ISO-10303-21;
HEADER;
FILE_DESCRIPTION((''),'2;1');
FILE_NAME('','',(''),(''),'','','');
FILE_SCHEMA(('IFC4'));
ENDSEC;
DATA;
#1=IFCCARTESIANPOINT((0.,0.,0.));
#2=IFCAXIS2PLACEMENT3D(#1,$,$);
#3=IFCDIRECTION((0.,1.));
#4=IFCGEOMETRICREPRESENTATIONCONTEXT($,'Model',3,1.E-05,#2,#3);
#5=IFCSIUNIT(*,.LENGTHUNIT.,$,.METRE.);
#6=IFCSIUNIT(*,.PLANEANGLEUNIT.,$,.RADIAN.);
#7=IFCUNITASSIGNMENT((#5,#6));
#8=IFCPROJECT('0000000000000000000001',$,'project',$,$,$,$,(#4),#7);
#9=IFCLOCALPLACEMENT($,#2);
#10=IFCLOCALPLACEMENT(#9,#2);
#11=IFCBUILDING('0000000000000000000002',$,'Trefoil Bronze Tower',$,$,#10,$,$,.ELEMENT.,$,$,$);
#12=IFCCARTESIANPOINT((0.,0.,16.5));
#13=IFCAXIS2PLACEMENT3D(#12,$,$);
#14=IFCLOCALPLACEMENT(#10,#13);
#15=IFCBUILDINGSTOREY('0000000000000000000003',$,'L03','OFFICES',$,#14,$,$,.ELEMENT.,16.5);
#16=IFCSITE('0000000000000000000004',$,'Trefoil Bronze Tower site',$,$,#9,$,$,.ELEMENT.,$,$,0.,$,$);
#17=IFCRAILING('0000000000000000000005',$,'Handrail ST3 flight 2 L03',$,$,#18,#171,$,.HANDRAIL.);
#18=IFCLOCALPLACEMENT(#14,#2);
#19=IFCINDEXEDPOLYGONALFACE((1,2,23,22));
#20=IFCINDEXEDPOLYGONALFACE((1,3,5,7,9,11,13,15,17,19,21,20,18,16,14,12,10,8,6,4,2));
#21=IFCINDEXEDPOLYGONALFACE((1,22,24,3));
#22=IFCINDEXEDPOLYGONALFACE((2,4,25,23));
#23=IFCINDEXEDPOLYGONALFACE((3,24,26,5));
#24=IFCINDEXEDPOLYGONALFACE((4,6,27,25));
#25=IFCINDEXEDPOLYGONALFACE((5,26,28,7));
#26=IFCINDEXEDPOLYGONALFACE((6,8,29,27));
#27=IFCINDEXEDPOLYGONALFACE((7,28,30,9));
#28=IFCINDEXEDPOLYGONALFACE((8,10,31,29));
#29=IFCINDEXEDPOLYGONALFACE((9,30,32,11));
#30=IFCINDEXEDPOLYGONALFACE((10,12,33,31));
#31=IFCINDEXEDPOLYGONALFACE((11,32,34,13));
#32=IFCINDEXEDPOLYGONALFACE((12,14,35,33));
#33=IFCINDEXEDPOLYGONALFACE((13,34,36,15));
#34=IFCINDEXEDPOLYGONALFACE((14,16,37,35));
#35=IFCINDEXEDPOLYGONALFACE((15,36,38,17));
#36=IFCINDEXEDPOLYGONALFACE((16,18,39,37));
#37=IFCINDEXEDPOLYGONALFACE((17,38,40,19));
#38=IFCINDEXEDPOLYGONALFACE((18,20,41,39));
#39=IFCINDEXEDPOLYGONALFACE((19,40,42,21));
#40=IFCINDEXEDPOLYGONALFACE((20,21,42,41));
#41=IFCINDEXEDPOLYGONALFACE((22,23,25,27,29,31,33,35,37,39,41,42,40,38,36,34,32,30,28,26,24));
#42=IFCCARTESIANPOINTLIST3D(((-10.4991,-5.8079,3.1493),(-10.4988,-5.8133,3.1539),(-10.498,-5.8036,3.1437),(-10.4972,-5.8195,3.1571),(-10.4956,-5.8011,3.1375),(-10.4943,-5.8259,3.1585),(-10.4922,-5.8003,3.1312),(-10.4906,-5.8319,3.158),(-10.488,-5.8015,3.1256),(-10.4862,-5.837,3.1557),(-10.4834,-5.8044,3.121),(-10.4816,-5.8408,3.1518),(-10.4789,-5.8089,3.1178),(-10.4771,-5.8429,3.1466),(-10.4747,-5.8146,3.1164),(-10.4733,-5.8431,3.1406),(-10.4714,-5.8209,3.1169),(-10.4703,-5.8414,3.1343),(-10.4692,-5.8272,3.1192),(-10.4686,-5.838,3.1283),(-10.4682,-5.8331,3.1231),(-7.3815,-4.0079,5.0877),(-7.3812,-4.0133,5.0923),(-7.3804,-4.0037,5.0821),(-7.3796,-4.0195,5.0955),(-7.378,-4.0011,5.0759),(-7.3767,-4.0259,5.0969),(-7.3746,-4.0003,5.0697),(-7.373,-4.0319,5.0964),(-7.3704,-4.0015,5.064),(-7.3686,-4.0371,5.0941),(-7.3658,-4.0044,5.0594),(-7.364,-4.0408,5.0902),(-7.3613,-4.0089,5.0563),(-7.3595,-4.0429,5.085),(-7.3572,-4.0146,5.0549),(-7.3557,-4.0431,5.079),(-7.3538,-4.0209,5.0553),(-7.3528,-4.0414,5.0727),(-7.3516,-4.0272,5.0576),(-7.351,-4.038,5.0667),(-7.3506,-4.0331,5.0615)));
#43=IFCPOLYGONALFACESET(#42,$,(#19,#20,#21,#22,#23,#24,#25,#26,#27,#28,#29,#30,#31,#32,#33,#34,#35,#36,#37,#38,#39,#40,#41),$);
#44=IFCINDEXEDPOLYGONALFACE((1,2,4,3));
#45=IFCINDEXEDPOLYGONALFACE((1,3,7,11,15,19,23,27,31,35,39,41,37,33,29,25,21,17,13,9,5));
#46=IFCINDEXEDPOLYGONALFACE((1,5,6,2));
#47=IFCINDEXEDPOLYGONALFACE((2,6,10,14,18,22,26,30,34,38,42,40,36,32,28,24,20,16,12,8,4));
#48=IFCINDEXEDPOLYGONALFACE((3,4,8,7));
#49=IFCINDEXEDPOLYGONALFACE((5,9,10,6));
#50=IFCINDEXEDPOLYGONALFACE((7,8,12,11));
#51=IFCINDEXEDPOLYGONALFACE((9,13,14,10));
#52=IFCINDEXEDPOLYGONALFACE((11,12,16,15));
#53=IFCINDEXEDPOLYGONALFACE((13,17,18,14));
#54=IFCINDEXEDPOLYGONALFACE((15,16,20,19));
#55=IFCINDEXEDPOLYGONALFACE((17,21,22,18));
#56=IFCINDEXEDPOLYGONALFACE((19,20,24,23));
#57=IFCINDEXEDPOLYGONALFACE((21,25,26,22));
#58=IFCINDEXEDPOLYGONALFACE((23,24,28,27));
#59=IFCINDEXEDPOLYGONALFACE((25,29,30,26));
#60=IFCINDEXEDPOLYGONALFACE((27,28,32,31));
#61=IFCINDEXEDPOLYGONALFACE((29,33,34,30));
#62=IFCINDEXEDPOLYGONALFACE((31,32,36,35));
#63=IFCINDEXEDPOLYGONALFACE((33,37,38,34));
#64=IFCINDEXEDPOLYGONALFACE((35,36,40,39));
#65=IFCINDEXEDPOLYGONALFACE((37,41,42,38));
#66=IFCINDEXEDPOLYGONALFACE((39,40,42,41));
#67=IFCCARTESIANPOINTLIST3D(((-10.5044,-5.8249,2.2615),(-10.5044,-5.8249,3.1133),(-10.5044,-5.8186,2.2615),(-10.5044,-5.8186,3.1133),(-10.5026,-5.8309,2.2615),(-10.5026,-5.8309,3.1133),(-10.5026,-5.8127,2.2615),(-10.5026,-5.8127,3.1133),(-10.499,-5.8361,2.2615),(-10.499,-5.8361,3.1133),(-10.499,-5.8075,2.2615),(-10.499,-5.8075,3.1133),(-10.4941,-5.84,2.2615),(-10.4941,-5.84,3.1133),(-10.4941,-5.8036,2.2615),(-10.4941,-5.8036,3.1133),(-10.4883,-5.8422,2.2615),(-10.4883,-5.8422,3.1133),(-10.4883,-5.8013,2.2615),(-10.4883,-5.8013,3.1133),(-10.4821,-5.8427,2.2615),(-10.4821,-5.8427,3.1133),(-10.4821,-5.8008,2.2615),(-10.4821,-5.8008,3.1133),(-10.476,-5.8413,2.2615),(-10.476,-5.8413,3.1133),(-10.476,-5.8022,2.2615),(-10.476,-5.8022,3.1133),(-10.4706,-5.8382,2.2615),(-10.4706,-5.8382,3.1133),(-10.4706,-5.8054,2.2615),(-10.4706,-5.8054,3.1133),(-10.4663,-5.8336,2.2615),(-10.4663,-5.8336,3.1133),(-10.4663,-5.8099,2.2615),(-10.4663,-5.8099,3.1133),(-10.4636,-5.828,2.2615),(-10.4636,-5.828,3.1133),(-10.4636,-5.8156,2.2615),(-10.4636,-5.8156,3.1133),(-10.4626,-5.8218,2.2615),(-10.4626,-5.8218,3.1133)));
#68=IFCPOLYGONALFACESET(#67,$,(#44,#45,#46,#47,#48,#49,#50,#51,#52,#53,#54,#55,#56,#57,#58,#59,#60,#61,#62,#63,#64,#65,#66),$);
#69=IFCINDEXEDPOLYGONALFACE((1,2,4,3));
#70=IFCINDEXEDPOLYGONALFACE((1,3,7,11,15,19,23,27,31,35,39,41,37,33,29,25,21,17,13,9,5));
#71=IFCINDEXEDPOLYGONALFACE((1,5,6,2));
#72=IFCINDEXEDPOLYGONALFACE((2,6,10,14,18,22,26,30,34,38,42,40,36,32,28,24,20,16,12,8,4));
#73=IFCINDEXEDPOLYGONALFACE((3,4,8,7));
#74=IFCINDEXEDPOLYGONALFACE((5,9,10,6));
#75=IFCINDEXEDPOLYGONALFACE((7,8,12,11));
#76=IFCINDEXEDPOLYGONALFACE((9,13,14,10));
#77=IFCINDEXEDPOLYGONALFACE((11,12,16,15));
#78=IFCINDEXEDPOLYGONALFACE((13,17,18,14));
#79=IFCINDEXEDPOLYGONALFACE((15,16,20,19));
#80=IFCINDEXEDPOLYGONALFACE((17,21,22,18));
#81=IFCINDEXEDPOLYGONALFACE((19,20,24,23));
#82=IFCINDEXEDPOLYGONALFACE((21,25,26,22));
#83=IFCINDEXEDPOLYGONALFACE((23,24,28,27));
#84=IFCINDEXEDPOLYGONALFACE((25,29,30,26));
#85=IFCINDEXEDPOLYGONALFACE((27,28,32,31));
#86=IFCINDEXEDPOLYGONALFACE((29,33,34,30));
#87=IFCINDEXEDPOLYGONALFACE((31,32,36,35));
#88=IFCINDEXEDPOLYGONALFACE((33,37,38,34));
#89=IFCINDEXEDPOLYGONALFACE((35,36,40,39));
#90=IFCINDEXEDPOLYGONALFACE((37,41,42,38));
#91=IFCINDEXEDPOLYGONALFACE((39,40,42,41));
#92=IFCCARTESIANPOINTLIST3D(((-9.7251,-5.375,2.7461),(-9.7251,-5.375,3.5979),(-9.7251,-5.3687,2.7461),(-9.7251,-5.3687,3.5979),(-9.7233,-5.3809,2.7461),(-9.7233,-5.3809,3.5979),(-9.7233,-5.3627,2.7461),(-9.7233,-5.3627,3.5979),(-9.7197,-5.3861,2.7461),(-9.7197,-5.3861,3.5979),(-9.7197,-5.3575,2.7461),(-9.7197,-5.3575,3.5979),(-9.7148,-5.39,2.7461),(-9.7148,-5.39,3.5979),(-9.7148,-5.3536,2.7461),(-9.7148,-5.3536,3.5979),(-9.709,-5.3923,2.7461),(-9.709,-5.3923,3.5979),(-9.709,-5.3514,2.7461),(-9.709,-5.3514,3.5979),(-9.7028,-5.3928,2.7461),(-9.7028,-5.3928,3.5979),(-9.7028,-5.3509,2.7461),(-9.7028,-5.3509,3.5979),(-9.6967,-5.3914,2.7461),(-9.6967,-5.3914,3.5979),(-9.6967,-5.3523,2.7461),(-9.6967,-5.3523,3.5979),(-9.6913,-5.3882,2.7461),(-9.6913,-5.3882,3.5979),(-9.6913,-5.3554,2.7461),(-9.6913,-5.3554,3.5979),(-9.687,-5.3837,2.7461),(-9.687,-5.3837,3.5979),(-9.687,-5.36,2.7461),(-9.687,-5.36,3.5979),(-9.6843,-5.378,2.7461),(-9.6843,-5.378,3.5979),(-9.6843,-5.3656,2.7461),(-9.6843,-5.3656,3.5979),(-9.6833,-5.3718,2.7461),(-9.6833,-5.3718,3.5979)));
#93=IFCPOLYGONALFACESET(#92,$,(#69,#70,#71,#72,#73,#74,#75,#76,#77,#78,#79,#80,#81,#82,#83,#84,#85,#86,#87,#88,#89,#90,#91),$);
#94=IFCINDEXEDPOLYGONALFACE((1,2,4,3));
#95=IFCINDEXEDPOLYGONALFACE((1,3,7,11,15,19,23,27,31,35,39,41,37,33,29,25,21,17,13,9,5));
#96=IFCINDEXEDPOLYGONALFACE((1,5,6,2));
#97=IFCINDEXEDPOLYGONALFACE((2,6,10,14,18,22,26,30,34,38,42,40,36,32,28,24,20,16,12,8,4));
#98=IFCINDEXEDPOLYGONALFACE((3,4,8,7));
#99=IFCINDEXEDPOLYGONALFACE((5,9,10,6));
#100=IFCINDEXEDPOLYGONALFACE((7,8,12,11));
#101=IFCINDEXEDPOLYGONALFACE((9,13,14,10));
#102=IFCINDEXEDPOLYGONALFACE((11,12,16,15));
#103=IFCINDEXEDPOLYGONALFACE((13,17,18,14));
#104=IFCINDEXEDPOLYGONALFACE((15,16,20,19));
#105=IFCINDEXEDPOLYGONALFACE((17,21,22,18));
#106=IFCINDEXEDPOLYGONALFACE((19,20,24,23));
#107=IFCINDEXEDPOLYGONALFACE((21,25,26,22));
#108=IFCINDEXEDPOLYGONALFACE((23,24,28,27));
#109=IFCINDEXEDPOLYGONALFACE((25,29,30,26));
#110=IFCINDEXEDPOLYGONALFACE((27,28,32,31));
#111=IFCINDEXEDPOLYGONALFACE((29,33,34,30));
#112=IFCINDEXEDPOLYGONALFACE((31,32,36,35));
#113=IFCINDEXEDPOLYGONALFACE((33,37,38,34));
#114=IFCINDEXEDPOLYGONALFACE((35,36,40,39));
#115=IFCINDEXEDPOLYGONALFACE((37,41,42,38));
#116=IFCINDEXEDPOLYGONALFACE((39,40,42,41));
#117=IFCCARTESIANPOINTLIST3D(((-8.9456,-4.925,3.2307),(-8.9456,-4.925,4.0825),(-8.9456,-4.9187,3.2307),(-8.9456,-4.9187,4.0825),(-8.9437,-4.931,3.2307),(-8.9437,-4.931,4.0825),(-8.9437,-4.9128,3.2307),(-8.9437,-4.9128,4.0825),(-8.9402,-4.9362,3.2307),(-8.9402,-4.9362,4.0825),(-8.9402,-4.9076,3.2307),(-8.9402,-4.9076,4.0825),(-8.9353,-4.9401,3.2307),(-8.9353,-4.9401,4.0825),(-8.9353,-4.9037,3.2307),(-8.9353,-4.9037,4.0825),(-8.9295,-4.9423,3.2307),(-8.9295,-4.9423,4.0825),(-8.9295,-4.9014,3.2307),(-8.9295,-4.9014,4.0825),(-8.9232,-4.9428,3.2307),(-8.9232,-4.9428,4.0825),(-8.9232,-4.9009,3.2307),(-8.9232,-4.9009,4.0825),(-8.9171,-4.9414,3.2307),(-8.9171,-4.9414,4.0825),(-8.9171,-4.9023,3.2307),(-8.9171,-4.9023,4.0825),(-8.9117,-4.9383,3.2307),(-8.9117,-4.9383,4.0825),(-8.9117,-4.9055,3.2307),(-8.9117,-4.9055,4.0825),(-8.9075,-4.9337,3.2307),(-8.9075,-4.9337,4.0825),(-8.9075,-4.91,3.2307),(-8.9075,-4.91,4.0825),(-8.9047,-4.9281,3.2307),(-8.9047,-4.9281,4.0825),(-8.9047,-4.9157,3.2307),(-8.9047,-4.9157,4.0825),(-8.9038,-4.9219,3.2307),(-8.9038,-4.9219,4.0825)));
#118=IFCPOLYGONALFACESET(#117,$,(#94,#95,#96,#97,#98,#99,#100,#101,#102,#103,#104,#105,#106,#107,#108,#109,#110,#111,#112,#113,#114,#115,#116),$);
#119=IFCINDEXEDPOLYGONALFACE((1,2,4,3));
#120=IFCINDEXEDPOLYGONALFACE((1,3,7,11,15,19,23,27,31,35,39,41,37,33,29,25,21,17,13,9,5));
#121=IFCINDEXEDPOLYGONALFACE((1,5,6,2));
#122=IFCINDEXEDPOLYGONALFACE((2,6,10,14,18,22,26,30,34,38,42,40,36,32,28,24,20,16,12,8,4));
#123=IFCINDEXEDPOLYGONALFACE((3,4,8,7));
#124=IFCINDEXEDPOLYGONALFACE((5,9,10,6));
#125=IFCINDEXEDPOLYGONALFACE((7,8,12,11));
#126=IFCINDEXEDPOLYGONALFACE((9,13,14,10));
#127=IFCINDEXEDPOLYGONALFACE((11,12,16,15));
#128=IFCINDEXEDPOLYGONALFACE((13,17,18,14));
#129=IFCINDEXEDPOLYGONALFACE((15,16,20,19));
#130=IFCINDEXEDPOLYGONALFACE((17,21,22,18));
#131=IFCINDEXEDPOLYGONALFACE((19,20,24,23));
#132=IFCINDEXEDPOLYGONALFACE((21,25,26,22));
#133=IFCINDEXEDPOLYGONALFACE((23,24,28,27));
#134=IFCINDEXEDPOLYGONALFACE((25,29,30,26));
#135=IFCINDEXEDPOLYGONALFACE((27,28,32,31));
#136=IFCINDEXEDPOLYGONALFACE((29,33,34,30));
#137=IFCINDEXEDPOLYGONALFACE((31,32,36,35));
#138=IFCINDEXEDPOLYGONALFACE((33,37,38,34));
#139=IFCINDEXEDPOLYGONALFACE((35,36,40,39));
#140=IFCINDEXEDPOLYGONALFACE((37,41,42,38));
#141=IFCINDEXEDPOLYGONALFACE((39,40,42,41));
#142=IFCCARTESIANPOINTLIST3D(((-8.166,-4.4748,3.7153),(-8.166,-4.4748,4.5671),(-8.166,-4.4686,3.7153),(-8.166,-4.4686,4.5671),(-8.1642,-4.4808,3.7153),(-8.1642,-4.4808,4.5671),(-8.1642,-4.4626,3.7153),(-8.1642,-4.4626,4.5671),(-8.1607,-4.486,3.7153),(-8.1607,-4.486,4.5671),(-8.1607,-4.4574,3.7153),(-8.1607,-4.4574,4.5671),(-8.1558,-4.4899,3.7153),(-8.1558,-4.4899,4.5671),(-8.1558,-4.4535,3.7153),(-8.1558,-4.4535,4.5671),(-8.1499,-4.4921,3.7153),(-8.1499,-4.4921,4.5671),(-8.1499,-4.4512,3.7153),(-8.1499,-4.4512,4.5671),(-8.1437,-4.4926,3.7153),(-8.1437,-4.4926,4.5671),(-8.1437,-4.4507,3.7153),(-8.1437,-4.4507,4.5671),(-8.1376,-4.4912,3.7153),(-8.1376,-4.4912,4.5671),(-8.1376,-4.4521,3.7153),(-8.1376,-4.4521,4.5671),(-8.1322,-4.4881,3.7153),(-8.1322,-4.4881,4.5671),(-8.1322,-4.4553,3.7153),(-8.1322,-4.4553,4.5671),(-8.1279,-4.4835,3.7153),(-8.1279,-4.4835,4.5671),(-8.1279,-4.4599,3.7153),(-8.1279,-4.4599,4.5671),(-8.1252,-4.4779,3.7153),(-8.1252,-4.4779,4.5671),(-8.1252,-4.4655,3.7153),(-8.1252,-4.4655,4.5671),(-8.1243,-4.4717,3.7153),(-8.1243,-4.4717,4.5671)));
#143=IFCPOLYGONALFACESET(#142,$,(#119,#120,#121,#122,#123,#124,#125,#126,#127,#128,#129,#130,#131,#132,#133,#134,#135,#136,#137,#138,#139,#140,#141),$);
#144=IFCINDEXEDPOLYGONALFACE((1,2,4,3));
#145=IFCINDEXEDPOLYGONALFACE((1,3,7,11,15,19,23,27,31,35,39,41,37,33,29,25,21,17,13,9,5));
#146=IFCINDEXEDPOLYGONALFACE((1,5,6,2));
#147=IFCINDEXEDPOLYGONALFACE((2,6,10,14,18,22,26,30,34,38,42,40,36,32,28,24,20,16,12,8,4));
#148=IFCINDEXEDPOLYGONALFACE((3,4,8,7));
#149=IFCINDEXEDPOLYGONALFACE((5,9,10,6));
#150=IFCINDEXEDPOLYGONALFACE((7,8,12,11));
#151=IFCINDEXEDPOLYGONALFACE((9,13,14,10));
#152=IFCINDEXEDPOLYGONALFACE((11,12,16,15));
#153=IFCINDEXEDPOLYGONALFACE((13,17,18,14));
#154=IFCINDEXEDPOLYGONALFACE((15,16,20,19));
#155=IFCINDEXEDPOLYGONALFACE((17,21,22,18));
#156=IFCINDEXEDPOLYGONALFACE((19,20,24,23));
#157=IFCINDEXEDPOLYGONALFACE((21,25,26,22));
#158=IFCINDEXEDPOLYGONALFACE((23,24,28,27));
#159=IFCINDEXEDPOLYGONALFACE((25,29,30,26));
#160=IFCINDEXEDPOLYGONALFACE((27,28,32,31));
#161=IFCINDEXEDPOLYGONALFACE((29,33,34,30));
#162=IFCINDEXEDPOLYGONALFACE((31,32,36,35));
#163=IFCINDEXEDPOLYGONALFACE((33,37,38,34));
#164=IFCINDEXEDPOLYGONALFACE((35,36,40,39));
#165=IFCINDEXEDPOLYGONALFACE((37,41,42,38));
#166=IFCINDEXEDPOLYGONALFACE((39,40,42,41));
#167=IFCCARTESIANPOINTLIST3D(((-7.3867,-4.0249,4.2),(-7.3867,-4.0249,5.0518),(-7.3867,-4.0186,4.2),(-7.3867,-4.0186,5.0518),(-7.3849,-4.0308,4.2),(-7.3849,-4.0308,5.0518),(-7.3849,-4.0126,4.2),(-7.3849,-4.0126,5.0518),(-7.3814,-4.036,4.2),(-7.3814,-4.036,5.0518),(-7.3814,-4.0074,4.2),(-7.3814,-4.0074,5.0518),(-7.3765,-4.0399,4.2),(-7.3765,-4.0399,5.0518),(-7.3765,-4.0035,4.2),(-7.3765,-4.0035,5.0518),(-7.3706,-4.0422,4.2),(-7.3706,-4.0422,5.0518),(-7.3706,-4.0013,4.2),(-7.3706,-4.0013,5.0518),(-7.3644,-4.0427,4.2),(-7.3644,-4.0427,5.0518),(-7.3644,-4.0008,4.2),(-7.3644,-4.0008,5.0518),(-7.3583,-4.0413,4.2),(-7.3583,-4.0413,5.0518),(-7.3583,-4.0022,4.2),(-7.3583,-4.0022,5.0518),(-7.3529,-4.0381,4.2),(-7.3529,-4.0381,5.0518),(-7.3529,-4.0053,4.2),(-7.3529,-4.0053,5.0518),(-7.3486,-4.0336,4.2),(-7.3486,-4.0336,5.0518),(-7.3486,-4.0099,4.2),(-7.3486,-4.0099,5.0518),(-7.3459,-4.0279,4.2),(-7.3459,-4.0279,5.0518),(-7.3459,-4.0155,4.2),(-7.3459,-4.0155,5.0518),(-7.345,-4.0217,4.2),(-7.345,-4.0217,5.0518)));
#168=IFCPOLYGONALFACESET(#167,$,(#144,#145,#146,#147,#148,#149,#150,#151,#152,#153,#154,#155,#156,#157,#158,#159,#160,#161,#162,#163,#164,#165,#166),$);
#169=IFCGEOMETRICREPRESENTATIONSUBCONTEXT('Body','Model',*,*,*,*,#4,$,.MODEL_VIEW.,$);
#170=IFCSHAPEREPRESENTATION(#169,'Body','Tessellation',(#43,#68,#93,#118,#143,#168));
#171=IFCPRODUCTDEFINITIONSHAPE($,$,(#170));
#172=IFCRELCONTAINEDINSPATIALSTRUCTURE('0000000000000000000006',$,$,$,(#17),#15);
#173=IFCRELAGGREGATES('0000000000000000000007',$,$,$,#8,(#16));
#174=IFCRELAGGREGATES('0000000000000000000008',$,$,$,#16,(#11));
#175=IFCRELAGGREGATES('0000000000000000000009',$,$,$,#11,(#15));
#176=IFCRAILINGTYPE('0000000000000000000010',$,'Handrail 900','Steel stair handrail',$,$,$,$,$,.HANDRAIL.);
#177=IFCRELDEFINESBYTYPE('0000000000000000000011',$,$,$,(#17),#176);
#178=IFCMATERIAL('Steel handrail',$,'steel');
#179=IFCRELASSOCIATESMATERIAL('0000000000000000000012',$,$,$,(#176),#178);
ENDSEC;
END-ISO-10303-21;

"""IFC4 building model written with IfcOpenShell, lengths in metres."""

from ifc_helpers import new_model, si_unit, direction, frame, origin, origin_2d, place, context, subcontext, project, spatial, circle, extrude, material, type_object, element, save


model = new_model("IFC4")

# Units and contexts
model_context = context("Model", 3, precision=1e-05, world=origin(), true_north=direction((0.0, 1.0)))
body_context = subcontext(model_context, "Body", "Model", "MODEL_VIEW")
ifc_project = project(units=[si_unit("LENGTHUNIT", "METRE"), si_unit("PLANEANGLEUNIT", "RADIAN")], contexts=[model_context])

# Site, building, storey
site_placement = place(None, origin())
site = spatial("IfcSite", under=ifc_project, at=site_placement, Name="Trefoil Bronze Tower site", CompositionType="ELEMENT", RefElevation=0.0)
building_placement = place(site_placement, origin())
building = spatial("IfcBuilding", under=site, at=building_placement, Name="Trefoil Bronze Tower", CompositionType="ELEMENT")
storey_placement = place(building_placement, frame((0.0, 0.0, 16.5)))
storey = spatial("IfcBuildingStorey", under=building, at=storey_placement, Name="L03", Description="OFFICES", CompositionType="ELEMENT", Elevation=16.5)

# Railing
ifc_material_1 = material(Name="Steel handrail", Category="steel")
railing_type = type_object("IfcRailingType", Name="Handrail 900", Description="Steel stair handrail", PredefinedType="HANDRAIL", material=ifc_material_1)
railing_1_placement = place(storey_placement, frame((-10.4836, -5.8218, 2.2615)))
element("IfcRailing", 1, at=railing_1_placement, inside=storey, type_object=railing_type, Name="Handrail ST3 flight 2 L03", PredefinedType="HANDRAIL", context=body_context, shape_type="SweptSolid", body=[
    extrude(circle(Radius=0.0239, at=origin_2d()), frame((0.0, 0.0, 0.876), z_axis=(0.762503, 0.440246, 0.474102), x_axis=(-0.500012, 0.866018, 0.0)), (0.0, 0.0, 1.0), 4.0886),
    extrude(circle(Radius=0.021, at=origin_2d()), origin(), (0.0, 0.0, 1.0), 0.8518),
    extrude(circle(Radius=0.021, at=origin_2d()), frame((0.7793, 0.45, 0.4846)), (0.0, 0.0, 1.0), 0.8518),
    extrude(circle(Radius=0.021, at=origin_2d()), frame((1.5588, 0.8999, 0.9692)), (0.0, 0.0, 1.0), 0.8518),
    extrude(circle(Radius=0.021, at=origin_2d()), frame((2.3384, 1.3501, 1.4539)), (0.0, 0.0, 1.0), 0.8518),
    extrude(circle(Radius=0.021, at=origin_2d()), frame((3.1177, 1.8, 1.9385)), (0.0, 0.0, 1.0), 0.8518),
])

save(model, "model.ifc")
